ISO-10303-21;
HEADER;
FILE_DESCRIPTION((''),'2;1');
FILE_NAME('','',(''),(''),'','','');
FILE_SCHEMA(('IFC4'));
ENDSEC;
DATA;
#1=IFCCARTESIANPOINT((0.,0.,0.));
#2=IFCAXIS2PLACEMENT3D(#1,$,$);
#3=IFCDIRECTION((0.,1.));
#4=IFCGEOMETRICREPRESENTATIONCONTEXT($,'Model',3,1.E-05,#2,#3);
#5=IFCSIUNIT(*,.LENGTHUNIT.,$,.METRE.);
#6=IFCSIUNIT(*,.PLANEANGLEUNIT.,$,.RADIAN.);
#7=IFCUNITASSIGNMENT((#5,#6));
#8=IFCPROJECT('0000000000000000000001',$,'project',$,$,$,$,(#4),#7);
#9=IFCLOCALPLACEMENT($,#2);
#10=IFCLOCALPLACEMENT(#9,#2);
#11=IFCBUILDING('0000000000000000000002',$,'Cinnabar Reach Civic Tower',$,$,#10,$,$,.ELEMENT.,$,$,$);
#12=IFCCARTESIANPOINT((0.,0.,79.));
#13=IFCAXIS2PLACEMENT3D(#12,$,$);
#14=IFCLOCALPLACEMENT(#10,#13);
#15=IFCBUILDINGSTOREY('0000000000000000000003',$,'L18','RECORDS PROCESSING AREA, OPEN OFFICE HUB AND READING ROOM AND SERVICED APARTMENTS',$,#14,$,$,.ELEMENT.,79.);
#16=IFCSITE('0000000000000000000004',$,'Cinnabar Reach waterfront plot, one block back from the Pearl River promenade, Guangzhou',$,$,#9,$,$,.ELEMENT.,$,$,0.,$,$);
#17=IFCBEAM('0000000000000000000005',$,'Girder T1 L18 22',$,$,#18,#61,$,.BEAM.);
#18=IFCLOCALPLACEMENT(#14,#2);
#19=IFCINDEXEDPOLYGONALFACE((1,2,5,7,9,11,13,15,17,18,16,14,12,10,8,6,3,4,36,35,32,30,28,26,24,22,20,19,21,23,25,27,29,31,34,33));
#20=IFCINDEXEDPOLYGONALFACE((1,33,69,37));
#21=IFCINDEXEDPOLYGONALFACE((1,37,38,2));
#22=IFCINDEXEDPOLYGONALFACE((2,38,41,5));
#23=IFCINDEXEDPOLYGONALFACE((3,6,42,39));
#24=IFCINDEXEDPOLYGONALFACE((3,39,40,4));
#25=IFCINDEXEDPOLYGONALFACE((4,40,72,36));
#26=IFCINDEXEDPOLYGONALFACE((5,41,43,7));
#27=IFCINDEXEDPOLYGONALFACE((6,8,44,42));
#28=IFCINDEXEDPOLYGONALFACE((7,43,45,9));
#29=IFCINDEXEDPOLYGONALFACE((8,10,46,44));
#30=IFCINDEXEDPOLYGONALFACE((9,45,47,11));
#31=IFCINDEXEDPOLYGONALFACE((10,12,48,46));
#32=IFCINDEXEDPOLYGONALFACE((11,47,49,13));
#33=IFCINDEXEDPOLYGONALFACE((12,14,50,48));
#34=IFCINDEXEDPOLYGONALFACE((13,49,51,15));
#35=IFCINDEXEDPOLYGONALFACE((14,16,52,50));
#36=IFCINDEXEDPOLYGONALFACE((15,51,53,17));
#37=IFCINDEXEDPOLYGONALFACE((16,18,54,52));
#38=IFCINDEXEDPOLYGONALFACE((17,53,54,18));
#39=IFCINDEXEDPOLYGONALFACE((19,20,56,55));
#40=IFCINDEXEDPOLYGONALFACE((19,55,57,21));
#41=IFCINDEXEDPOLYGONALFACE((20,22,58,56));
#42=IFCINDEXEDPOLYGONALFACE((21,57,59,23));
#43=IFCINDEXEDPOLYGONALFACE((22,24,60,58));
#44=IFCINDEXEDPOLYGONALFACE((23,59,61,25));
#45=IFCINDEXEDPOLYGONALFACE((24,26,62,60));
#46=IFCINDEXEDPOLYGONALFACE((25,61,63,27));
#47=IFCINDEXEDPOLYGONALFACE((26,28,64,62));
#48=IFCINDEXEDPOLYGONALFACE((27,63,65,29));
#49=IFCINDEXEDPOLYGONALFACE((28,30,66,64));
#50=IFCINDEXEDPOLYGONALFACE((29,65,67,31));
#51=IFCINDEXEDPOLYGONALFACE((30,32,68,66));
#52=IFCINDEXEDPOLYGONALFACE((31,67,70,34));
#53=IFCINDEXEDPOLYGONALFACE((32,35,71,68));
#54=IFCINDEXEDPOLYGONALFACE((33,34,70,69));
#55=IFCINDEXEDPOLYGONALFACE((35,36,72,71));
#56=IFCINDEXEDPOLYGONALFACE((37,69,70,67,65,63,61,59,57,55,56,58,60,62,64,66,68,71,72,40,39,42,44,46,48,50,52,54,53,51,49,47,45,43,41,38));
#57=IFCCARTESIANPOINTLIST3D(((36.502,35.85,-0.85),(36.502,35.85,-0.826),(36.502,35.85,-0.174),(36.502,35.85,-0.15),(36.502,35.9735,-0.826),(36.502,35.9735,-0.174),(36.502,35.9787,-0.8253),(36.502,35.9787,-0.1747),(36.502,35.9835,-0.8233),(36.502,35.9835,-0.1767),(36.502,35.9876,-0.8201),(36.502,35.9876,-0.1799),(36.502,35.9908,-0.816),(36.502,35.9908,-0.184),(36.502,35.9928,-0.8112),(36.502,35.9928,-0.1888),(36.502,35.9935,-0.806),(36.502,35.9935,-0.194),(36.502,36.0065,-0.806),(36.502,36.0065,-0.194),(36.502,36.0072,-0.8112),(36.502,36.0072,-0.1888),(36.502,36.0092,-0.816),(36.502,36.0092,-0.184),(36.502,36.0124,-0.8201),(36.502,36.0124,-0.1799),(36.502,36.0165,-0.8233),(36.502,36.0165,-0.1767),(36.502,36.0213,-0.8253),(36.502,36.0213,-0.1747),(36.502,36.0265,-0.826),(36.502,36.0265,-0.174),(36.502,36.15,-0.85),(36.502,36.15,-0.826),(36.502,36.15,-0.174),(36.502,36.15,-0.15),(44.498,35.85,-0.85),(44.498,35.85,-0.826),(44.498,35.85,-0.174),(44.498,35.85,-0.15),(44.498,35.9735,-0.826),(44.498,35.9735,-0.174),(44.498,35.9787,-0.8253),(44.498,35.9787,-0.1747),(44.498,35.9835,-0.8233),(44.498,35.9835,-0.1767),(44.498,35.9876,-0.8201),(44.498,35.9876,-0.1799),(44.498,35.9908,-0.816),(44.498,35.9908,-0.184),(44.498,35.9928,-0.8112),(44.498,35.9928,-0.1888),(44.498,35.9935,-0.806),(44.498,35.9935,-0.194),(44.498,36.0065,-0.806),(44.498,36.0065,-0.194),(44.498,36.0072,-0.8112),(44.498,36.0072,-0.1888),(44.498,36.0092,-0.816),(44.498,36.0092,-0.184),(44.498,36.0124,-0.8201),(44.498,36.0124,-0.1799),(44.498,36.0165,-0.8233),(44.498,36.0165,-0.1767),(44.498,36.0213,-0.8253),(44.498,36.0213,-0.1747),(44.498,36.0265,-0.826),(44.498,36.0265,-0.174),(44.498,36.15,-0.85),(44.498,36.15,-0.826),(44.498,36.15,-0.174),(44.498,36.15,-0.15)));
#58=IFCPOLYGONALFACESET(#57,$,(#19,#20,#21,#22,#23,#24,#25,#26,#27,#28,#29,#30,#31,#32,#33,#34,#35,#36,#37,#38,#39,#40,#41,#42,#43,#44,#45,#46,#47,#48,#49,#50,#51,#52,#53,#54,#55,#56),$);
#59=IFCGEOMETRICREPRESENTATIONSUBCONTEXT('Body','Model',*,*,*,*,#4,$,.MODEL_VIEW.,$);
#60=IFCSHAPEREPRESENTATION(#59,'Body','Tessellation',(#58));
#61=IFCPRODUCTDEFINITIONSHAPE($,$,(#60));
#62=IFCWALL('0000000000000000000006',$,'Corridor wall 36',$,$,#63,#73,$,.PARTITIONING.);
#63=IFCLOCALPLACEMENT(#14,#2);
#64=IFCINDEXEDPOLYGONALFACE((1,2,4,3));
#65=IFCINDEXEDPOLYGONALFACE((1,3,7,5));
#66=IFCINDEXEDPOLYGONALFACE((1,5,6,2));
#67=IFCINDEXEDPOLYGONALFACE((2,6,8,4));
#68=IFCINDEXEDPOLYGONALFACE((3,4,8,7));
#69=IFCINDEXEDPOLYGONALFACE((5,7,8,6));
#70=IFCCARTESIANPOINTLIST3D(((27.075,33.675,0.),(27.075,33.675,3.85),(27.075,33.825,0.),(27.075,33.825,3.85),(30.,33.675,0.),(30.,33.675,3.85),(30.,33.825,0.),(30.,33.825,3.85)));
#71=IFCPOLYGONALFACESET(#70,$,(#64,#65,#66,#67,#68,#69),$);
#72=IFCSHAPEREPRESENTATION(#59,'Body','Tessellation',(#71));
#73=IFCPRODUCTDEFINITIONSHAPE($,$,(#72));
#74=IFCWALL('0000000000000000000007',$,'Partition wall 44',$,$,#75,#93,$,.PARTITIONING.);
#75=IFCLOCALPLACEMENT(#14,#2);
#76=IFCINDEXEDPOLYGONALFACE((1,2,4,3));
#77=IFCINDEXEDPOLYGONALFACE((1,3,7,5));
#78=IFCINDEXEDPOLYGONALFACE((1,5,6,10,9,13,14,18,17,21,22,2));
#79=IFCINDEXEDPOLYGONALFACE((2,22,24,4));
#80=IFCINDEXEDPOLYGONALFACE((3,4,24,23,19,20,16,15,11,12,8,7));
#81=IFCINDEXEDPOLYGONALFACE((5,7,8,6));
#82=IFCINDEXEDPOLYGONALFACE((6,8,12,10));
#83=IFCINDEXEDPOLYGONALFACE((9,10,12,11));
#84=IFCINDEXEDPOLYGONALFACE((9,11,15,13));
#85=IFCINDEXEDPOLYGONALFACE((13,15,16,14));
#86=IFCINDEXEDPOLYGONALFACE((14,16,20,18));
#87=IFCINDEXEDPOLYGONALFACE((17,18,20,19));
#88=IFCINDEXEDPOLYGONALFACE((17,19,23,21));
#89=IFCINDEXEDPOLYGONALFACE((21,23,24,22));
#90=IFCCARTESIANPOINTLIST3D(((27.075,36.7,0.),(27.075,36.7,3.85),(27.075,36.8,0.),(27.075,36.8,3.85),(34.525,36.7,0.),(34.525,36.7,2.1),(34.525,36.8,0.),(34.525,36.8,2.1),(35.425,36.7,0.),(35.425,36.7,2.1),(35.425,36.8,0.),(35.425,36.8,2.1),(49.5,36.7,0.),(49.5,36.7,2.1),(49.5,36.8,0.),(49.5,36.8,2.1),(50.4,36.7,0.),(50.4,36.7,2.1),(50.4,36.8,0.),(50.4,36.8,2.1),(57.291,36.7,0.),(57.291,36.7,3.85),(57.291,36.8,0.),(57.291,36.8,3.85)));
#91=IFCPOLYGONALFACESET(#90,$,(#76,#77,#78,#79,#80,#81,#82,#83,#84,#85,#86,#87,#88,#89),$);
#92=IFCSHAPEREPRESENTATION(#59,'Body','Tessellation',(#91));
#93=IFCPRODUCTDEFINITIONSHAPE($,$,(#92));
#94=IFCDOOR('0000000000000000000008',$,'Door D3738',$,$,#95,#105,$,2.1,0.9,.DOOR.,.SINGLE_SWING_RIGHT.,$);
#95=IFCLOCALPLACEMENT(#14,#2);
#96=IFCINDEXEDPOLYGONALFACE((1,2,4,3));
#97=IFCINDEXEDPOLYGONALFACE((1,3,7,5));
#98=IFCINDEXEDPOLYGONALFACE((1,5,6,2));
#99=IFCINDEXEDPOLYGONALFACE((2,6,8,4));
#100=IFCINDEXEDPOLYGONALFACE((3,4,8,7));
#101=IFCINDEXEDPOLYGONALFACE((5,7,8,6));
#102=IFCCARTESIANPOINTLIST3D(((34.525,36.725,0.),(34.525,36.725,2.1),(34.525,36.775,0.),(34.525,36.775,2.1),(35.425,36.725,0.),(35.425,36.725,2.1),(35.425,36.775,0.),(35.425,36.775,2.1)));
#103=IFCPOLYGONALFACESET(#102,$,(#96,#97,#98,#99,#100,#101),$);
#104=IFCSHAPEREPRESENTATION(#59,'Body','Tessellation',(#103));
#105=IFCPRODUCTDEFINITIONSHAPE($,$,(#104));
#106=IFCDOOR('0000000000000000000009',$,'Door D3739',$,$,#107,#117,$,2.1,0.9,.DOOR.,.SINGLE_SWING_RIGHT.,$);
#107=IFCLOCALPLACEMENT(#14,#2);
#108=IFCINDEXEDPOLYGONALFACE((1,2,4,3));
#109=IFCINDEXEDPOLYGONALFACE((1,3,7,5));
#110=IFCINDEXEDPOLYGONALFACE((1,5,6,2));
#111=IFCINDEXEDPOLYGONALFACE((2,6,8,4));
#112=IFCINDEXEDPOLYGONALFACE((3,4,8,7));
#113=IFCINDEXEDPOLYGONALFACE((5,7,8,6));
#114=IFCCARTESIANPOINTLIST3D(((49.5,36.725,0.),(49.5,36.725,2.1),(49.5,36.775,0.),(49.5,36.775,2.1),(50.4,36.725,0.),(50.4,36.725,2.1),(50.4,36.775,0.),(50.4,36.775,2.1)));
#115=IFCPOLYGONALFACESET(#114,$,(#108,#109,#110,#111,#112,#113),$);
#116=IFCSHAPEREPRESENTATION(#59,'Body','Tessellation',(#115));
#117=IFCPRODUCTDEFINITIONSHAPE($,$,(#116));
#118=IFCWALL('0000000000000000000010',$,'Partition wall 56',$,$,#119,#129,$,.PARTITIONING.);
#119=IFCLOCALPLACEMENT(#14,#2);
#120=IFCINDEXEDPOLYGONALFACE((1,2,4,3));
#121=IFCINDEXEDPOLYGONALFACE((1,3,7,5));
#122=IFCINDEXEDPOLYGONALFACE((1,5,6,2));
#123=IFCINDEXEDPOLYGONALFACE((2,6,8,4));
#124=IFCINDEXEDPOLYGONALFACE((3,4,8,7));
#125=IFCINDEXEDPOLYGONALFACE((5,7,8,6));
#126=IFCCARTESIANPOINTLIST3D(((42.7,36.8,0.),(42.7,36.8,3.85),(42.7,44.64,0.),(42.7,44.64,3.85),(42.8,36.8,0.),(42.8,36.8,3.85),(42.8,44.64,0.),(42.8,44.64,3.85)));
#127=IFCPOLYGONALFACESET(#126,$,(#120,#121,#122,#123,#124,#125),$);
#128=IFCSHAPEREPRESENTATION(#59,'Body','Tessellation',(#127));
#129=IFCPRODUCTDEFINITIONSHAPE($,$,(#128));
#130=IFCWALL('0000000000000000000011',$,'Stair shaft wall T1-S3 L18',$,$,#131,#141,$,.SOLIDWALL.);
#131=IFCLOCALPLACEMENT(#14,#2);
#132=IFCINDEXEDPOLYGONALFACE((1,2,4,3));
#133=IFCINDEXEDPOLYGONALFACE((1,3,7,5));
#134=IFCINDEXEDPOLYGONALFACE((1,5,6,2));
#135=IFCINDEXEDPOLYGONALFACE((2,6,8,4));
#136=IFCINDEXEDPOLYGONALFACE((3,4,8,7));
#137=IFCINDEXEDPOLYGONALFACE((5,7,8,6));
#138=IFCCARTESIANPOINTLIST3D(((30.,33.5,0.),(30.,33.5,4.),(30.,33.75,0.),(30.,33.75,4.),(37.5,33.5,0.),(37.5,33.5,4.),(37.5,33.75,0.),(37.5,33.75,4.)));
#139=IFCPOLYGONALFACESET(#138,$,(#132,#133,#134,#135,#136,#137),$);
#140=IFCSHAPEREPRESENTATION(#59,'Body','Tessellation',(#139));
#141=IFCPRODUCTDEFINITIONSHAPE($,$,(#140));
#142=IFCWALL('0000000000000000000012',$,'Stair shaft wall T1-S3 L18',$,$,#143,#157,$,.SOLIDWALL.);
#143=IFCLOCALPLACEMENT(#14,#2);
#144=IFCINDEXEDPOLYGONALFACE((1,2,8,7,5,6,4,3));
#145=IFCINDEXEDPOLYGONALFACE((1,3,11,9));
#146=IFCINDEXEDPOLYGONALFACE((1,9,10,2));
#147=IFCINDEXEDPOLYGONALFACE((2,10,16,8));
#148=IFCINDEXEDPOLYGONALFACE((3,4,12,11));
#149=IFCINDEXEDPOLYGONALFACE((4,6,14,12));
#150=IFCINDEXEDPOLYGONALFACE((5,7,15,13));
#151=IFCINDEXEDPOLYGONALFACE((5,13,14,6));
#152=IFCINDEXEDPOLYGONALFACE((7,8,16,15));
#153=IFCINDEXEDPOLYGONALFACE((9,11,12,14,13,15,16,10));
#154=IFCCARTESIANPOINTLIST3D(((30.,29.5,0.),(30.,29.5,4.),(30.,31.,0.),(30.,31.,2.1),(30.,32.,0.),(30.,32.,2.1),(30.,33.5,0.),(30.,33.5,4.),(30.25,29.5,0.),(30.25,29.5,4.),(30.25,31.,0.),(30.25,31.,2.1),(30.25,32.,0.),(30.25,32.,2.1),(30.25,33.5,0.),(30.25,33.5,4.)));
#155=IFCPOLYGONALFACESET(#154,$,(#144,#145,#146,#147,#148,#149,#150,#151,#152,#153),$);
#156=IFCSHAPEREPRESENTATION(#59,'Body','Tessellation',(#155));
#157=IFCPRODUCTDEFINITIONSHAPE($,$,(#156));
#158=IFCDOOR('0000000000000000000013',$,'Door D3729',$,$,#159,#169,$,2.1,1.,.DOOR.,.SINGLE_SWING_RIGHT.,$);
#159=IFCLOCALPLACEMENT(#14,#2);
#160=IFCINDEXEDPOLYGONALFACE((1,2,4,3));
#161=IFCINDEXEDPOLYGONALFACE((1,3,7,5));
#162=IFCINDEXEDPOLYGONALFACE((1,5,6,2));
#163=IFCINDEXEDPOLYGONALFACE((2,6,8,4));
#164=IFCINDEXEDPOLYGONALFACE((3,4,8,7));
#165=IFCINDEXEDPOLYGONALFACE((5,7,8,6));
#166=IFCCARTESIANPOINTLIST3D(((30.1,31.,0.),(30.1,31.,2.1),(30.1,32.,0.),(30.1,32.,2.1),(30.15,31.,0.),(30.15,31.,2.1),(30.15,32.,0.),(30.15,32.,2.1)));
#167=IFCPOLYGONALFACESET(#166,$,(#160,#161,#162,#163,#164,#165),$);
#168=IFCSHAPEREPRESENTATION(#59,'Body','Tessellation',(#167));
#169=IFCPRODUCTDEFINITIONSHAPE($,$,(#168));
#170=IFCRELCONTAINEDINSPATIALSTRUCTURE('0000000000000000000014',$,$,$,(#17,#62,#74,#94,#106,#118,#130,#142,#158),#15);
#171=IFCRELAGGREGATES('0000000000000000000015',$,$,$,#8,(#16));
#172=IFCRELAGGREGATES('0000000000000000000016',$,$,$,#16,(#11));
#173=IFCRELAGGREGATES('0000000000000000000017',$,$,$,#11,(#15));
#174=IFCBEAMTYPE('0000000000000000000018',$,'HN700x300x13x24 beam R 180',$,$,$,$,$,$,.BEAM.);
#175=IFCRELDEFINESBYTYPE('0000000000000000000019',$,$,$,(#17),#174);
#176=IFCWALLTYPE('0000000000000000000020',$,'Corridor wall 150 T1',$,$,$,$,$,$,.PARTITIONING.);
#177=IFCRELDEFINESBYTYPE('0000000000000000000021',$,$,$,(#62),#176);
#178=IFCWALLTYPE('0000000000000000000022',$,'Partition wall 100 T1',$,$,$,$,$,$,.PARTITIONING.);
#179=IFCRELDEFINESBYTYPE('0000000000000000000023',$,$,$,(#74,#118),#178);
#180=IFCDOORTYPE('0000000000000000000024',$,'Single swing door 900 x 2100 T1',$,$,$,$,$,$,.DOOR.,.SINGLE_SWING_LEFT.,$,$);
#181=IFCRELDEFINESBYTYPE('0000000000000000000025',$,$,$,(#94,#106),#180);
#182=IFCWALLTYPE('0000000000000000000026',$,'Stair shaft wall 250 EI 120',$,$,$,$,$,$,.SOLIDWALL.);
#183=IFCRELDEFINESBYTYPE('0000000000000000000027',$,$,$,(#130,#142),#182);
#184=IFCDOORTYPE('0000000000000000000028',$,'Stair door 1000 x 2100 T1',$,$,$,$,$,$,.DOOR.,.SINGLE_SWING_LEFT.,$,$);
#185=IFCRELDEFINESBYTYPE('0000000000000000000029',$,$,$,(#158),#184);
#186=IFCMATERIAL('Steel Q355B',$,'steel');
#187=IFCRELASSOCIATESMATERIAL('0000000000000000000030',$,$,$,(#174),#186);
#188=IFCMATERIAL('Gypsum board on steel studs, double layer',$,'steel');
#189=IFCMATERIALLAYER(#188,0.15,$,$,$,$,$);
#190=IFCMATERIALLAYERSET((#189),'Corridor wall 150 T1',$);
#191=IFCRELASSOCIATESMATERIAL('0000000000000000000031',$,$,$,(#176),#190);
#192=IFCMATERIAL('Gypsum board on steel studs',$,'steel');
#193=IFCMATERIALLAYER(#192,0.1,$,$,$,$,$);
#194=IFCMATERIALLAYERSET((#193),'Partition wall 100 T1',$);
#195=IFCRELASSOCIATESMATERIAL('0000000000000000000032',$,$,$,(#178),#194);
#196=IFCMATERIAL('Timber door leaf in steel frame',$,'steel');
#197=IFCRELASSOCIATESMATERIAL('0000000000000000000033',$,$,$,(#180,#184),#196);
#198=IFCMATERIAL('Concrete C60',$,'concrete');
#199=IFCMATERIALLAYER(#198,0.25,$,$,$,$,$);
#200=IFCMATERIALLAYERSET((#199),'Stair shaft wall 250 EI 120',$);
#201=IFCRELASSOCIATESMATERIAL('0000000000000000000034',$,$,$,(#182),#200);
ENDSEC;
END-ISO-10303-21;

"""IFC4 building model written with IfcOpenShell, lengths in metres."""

from ifc_helpers import new_model, si_unit, direction, frame, frame_2d, origin, origin_2d, place, context, subcontext, project, spatial, rectangle, i_section, extrude, material, layer, layer_set, material_profile, profile_set, type_object, element, fill, save


model = new_model("IFC4")

# Units and contexts
model_context = context("Model", 3, precision=1e-05, world=origin(), true_north=direction((0.0, 1.0)))
body_context = subcontext(model_context, "Body", "Model", "MODEL_VIEW")
ifc_project = project(units=[si_unit("LENGTHUNIT", "METRE"), si_unit("PLANEANGLEUNIT", "RADIAN")], contexts=[model_context])

# Site, building, storey
site_placement = place(None, origin())
site = spatial("IfcSite", under=ifc_project, at=site_placement, Name="Cinnabar Reach waterfront plot, one block back from the Pearl River promenade, Guangzhou", CompositionType="ELEMENT", RefElevation=0.0)
building_placement = place(site_placement, origin())
building = spatial("IfcBuilding", under=site, at=building_placement, Name="Cinnabar Reach Civic Tower", CompositionType="ELEMENT")
storey_placement = place(building_placement, frame((0.0, 0.0, 79.0)))
storey = spatial("IfcBuildingStorey", under=building, at=storey_placement, Name="L18", Description="RECORDS PROCESSING AREA, OPEN OFFICE HUB AND READING ROOM AND SERVICED APARTMENTS", CompositionType="ELEMENT", Elevation=79.0)

# Beam
ifc_material_1 = material(Name="Steel Q355B", Category="steel")
ifc_material_profile_1 = material_profile(ifc_material_1, i_section(OverallWidth=0.3, OverallDepth=0.7, WebThickness=0.013, FlangeThickness=0.024, FilletRadius=0.02, at=origin_2d()), Name="HN700x300x13x24")
ifc_profile_set_1 = profile_set([ifc_material_profile_1], Name="Steel Q355B")
beam_type_1 = type_object("IfcBeamType", Name="HN700x300x13x24 beam R 180", PredefinedType="BEAM", material=ifc_profile_set_1)
for number, where, z_axis, x_axis, name in (
    (1, (36.502, 36.0, -0.5), (1.0, 0.0, 0.0), (0.0, 1.0, 0.0), "Girder T1 L18 22"),
):
    element("IfcBeam", number, at=place(storey_placement, frame(where, z_axis=z_axis, x_axis=x_axis)), inside=storey, type_object=beam_type_1, Name=name, PredefinedType="BEAM", context=body_context, shape_type="SweptSolid", body=[
        extrude(i_section(OverallWidth=0.3, OverallDepth=0.7, WebThickness=0.013, FlangeThickness=0.024, FilletRadius=0.02, at=origin_2d()), origin(), (0.0, 0.0, 1.0), 7.996),
    ])

# Wall
ifc_material_2 = material(Name="Gypsum board on steel studs, double layer", Category="steel")
ifc_layer_1 = layer(ifc_material_2, 0.15)
ifc_layer_set_1 = layer_set([ifc_layer_1], Name="Corridor wall 150 T1")
wall_type_1 = type_object("IfcWallType", Name="Corridor wall 150 T1", PredefinedType="PARTITIONING", material=ifc_layer_set_1)
wall_1_placement = place(storey_placement, frame((27.075, 33.75, 0.0), z_axis=(0.0, 0.0, 1.0), x_axis=(1.0, 0.0, 0.0)))
element("IfcWall", 2, at=wall_1_placement, inside=storey, type_object=wall_type_1, Name="Corridor wall 36", PredefinedType="PARTITIONING", context=body_context, shape_type="SweptSolid", body=[
    extrude(rectangle(XDim=2.925, YDim=0.15, at=frame_2d((1.4625, 0.0))), origin(), (0.0, 0.0, 1.0), 3.85),
])

# Wall, openings, doors
ifc_material_3 = material(Name="Gypsum board on steel studs", Category="steel")
ifc_layer_2 = layer(ifc_material_3, 0.1)
ifc_layer_set_2 = layer_set([ifc_layer_2], Name="Partition wall 100 T1")
wall_type_2 = type_object("IfcWallType", Name="Partition wall 100 T1", PredefinedType="PARTITIONING", material=ifc_layer_set_2)
wall_2_placement = place(storey_placement, frame((27.075, 36.75, 0.0), z_axis=(0.0, 0.0, 1.0), x_axis=(1.0, 0.0, 0.0)))
wall_2 = element("IfcWall", 3, at=wall_2_placement, inside=storey, type_object=wall_type_2, Name="Partition wall 44", PredefinedType="PARTITIONING", context=body_context, shape_type="SweptSolid", body=[
    extrude(rectangle(XDim=30.2159, YDim=0.1, at=frame_2d((15.108, 0.0))), origin(), (0.0, 0.0, 1.0), 3.85),
])
opening_1_placement = place(wall_2_placement, frame((7.45, 0.0, 0.0)))
opening_1 = element("IfcOpeningElement", 4, at=opening_1_placement, cuts=wall_2, PredefinedType="OPENING", context=body_context, shape_type="SweptSolid", body=[
    extrude(rectangle(XDim=0.9, YDim=2.1, at=frame_2d((0.45, 1.05))), frame((0.0, 0.06, 0.0), z_axis=(0.0, -1.0, 0.0), x_axis=(1.0, 0.0, 0.0)), (0.0, 0.0, 1.0), 0.12),
])
opening_2_placement = place(wall_2_placement, frame((22.425, 0.0, 0.0)))
opening_2 = element("IfcOpeningElement", 5, at=opening_2_placement, cuts=wall_2, PredefinedType="OPENING", context=body_context, shape_type="SweptSolid", body=[
    extrude(rectangle(XDim=0.9, YDim=2.1, at=frame_2d((0.45, 1.05))), frame((0.0, 0.06, 0.0), z_axis=(0.0, -1.0, 0.0), x_axis=(1.0, 0.0, 0.0)), (0.0, 0.0, 1.0), 0.12),
])
ifc_material_4 = material(Name="Timber door leaf in steel frame", Category="steel")
door_type_1 = type_object("IfcDoorType", Name="Single swing door 900 x 2100 T1", OperationType="SINGLE_SWING_LEFT", PredefinedType="DOOR", material=ifc_material_4)
door_1_placement = place(opening_1_placement, origin())
door_1 = element("IfcDoor", 6, at=door_1_placement, inside=storey, type_object=door_type_1, Name="Door D3738", OperationType="SINGLE_SWING_RIGHT", OverallHeight=2.1, OverallWidth=0.9, PredefinedType="DOOR", context=body_context, shape_type="SweptSolid", body=[
    extrude(rectangle(XDim=0.9, YDim=2.1, at=frame_2d((0.45, 1.05))), frame((0.0, 0.025, 0.0), z_axis=(0.0, -1.0, 0.0), x_axis=(1.0, 0.0, 0.0)), (0.0, 0.0, 1.0), 0.05),
])
fill(opening_1, door_1)
door_2_placement = place(opening_2_placement, origin())
door_2 = element("IfcDoor", 7, at=door_2_placement, inside=storey, type_object=door_type_1, Name="Door D3739", OperationType="SINGLE_SWING_RIGHT", OverallHeight=2.1, OverallWidth=0.9, PredefinedType="DOOR", context=body_context, shape_type="SweptSolid", body=[
    extrude(rectangle(XDim=0.9, YDim=2.1, at=frame_2d((0.45, 1.05))), frame((0.0, 0.025, 0.0), z_axis=(0.0, -1.0, 0.0), x_axis=(1.0, 0.0, 0.0)), (0.0, 0.0, 1.0), 0.05),
])
fill(opening_2, door_2)

# Walls
wall_3_placement = place(storey_placement, frame((42.75, 36.8, 0.0), z_axis=(0.0, 0.0, 1.0), x_axis=(0.0, 1.0, 0.0)))
element("IfcWall", 8, at=wall_3_placement, inside=storey, type_object=wall_type_2, Name="Partition wall 56", PredefinedType="PARTITIONING", context=body_context, shape_type="SweptSolid", body=[
    extrude(rectangle(XDim=7.84, YDim=0.1, at=frame_2d((3.92, 0.0))), origin(), (0.0, 0.0, 1.0), 3.85),
])
ifc_material_5 = material(Name="Concrete C60", Category="concrete")
ifc_layer_3 = layer(ifc_material_5, 0.25)
ifc_layer_set_3 = layer_set([ifc_layer_3], Name="Stair shaft wall 250 EI 120")
wall_type_3 = type_object("IfcWallType", Name="Stair shaft wall 250 EI 120", PredefinedType="SOLIDWALL", material=ifc_layer_set_3)
wall_4_placement = place(storey_placement, frame((37.5, 33.625, 0.0), z_axis=(0.0, 0.0, 1.0), x_axis=(-1.0, 0.0, 0.0)))
element("IfcWall", 9, at=wall_4_placement, inside=storey, type_object=wall_type_3, Name="Stair shaft wall T1-S3 L18", PredefinedType="SOLIDWALL", context=body_context, shape_type="SweptSolid", body=[
    extrude(rectangle(XDim=7.5, YDim=0.25, at=frame_2d((3.75, 0.0))), origin(), (0.0, 0.0, 1.0), 4.0),
])

# Wall, opening, door
wall_5_placement = place(storey_placement, frame((30.125, 33.5, 0.0), z_axis=(0.0, 0.0, 1.0), x_axis=(0.0, -1.0, 0.0)))
wall_5 = element("IfcWall", 10, at=wall_5_placement, inside=storey, type_object=wall_type_3, Name="Stair shaft wall T1-S3 L18", PredefinedType="SOLIDWALL", context=body_context, shape_type="SweptSolid", body=[
    extrude(rectangle(XDim=4.0, YDim=0.25, at=frame_2d((2.0, 0.0))), origin(), (0.0, 0.0, 1.0), 4.0),
])
opening_3_placement = place(wall_5_placement, frame((1.5, 0.0, 0.0)))
opening_3 = element("IfcOpeningElement", 11, at=opening_3_placement, cuts=wall_5, PredefinedType="OPENING", context=body_context, shape_type="SweptSolid", body=[
    extrude(rectangle(XDim=1.0, YDim=2.1, at=frame_2d((0.5, 1.05))), frame((0.0, 0.135, 0.0), z_axis=(0.0, -1.0, 0.0), x_axis=(1.0, 0.0, 0.0)), (0.0, 0.0, 1.0), 0.27),
])
door_type_2 = type_object("IfcDoorType", Name="Stair door 1000 x 2100 T1", OperationType="SINGLE_SWING_LEFT", PredefinedType="DOOR", material=ifc_material_4)
door_3_placement = place(opening_3_placement, origin())
door_3 = element("IfcDoor", 12, at=door_3_placement, inside=storey, type_object=door_type_2, Name="Door D3729", OperationType="SINGLE_SWING_RIGHT", OverallHeight=2.1, OverallWidth=1.0, PredefinedType="DOOR", context=body_context, shape_type="SweptSolid", body=[
    extrude(rectangle(XDim=1.0, YDim=2.1, at=frame_2d((0.5, 1.05))), frame((0.0, 0.025, 0.0), z_axis=(0.0, -1.0, 0.0), x_axis=(1.0, 0.0, 0.0)), (0.0, 0.0, 1.0), 0.05),
])
fill(opening_3, door_3)

save(model, "model.ifc")
